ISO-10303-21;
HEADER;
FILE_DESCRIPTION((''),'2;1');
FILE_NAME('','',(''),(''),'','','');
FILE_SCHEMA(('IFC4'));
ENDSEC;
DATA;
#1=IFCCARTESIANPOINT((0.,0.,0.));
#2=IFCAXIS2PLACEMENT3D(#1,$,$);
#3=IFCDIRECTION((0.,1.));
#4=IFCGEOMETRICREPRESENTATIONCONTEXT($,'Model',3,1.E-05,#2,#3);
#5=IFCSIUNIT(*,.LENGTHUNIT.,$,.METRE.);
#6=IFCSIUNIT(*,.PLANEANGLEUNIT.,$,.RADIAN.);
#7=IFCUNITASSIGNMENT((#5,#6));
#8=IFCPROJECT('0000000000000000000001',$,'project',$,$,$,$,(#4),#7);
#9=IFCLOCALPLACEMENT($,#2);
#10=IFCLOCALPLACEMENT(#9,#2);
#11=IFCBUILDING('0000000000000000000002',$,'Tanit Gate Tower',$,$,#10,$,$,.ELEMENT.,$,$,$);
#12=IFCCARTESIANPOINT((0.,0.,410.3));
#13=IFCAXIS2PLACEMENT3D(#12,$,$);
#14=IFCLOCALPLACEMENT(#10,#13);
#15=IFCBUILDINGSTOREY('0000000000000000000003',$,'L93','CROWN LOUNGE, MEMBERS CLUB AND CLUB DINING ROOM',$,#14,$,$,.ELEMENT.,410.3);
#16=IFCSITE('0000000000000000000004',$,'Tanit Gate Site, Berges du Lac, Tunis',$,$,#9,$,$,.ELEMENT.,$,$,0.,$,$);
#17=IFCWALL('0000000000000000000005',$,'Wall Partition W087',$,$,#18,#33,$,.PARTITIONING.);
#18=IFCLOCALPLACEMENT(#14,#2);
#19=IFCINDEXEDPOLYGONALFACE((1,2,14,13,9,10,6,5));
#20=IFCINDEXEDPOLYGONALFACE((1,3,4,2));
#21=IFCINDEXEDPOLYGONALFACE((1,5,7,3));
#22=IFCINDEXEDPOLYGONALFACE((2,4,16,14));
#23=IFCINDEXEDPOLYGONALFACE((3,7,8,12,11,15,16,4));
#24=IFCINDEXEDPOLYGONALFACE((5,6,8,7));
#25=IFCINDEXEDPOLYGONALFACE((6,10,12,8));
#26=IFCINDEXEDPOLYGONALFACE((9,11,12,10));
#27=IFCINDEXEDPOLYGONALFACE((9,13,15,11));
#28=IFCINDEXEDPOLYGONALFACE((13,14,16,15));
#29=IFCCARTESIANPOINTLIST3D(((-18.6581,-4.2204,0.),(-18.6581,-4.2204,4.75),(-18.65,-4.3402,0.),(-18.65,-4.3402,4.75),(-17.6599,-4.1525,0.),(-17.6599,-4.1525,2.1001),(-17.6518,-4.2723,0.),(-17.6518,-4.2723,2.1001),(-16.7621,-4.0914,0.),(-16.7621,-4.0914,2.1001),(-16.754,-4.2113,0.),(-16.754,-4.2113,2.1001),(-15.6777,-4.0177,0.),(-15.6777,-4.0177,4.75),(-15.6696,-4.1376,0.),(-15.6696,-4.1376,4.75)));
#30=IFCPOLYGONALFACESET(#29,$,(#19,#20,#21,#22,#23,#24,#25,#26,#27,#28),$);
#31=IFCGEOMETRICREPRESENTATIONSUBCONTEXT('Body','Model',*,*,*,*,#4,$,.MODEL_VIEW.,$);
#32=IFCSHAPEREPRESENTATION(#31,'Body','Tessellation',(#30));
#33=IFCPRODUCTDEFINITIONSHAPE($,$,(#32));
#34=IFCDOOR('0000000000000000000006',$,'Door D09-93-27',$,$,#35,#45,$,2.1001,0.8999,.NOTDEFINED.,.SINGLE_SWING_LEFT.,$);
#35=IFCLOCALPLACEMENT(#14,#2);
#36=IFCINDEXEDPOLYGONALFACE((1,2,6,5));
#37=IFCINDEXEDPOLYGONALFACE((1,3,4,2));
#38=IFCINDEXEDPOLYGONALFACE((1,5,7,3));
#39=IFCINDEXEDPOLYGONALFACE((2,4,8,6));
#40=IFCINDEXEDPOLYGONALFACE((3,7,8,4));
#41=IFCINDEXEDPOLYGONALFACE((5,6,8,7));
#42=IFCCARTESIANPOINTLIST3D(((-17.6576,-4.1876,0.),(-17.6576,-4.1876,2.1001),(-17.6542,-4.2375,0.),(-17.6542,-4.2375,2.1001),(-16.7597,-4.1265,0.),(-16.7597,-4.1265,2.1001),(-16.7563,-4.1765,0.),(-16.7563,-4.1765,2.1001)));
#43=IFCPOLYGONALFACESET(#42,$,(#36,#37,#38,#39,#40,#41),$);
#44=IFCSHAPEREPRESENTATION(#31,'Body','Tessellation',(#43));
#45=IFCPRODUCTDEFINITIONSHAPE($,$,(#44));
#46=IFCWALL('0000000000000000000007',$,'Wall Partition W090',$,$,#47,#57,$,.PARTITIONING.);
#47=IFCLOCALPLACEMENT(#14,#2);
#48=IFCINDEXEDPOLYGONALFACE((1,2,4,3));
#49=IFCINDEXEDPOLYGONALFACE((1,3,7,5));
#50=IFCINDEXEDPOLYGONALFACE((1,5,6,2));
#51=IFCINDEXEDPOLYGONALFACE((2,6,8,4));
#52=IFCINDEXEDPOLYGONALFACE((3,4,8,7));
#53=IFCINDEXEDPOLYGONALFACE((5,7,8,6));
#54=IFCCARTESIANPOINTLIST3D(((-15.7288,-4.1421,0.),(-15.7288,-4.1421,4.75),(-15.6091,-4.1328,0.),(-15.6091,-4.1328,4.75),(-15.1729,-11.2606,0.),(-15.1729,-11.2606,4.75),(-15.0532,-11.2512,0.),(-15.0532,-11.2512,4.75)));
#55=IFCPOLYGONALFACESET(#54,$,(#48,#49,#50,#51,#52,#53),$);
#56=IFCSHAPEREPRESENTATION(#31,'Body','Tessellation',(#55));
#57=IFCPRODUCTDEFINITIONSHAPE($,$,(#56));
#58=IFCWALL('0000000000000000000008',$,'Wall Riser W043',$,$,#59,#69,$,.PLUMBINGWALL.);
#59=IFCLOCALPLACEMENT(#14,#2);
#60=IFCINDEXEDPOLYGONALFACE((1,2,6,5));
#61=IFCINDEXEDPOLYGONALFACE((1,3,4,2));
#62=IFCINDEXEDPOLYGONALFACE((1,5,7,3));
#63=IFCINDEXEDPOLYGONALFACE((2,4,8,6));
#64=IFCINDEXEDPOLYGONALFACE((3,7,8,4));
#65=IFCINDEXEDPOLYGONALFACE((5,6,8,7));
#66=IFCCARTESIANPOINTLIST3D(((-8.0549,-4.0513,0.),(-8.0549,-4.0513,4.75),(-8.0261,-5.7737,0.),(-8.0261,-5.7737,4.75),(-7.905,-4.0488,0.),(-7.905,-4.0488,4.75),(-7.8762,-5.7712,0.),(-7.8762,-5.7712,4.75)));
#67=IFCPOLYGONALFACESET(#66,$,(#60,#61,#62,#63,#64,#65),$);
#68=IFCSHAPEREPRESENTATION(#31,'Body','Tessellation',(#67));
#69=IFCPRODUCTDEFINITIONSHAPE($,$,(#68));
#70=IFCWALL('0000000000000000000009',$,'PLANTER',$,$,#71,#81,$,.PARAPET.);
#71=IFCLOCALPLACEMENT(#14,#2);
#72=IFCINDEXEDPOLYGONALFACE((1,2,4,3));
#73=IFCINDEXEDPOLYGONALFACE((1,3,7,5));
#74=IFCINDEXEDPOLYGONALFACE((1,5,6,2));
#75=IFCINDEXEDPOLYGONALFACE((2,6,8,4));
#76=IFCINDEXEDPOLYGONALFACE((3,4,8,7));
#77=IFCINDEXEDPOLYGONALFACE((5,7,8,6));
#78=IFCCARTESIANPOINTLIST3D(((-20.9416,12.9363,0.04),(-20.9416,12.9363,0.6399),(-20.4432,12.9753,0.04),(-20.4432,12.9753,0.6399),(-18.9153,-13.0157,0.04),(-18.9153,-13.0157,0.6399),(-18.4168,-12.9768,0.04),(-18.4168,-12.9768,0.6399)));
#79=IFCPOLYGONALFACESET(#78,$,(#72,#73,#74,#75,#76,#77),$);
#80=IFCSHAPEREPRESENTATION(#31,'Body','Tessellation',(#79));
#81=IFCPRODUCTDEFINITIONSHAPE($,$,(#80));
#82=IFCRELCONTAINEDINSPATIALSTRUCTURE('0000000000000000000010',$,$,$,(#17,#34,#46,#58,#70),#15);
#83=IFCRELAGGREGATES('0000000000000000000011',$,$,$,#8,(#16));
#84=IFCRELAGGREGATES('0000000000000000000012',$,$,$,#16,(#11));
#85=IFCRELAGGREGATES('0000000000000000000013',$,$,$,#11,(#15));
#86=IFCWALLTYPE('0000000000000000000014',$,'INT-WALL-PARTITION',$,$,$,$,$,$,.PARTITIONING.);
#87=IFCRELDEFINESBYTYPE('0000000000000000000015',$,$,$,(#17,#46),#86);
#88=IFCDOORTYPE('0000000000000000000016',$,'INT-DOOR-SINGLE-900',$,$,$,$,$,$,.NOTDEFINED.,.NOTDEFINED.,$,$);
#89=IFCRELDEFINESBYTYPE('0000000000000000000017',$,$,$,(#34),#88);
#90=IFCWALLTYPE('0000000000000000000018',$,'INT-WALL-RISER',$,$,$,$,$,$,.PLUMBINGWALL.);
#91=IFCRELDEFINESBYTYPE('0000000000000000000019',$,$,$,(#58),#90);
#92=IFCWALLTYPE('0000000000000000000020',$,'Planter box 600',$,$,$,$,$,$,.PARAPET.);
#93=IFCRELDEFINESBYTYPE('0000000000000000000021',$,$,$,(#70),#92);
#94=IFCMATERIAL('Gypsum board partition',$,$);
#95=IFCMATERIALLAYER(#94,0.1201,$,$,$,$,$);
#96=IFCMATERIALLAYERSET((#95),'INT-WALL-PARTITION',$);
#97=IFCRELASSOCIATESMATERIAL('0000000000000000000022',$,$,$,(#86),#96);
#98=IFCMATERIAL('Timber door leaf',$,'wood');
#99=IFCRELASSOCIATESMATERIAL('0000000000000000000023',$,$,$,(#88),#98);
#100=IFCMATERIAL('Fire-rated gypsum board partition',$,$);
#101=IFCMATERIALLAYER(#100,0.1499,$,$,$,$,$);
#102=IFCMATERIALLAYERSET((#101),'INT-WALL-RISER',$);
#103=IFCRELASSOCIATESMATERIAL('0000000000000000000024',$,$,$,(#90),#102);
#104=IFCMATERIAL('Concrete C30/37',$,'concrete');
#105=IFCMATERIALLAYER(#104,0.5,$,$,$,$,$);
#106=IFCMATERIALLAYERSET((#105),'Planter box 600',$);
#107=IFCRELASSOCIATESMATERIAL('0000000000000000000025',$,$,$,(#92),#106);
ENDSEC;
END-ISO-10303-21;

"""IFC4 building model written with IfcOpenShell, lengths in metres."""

from ifc_helpers import new_model, si_unit, direction, frame, frame_2d, origin, place, context, subcontext, project, spatial, rectangle, extrude, material, layer, layer_set, type_object, element, fill, save


model = new_model("IFC4")

# Units and contexts
model_context = context("Model", 3, precision=1e-05, world=origin(), true_north=direction((0.0, 1.0)))
body_context = subcontext(model_context, "Body", "Model", "MODEL_VIEW")
ifc_project = project(units=[si_unit("LENGTHUNIT", "METRE"), si_unit("PLANEANGLEUNIT", "RADIAN")], contexts=[model_context])

# Site, building, storey
site_placement = place(None, origin())
site = spatial("IfcSite", under=ifc_project, at=site_placement, Name="Tanit Gate Site, Berges du Lac, Tunis", CompositionType="ELEMENT", RefElevation=0.0)
building_placement = place(site_placement, origin())
building = spatial("IfcBuilding", under=site, at=building_placement, Name="Tanit Gate Tower", CompositionType="ELEMENT")
storey_placement = place(building_placement, frame((0.0, 0.0, 410.3)))
storey = spatial("IfcBuildingStorey", under=building, at=storey_placement, Name="L93", Description="CROWN LOUNGE, MEMBERS CLUB AND CLUB DINING ROOM", CompositionType="ELEMENT", Elevation=410.3)

# Wall, opening, door
ifc_material_1 = material(Name="Gypsum board partition")
ifc_layer_1 = layer(ifc_material_1, 0.1201)
ifc_layer_set_1 = layer_set([ifc_layer_1], Name="INT-WALL-PARTITION")
wall_type_1 = type_object("IfcWallType", Name="INT-WALL-PARTITION", PredefinedType="PARTITIONING", material=ifc_layer_set_1)
ifc_material_2 = material(Name="Timber door leaf", Category="wood")
door_type_1 = type_object("IfcDoorType", Name="INT-DOOR-SINGLE-900", OperationType="NOTDEFINED", PredefinedType="NOTDEFINED", material=ifc_material_2)
wall_1_placement = place(storey_placement, frame((-18.6541, -4.2803, 0.0), z_axis=(0.0, 0.0, 1.0), x_axis=(0.997697, 0.067832, 0.0)))
wall_1 = element("IfcWall", 1, at=wall_1_placement, inside=storey, type_object=wall_type_1, Name="Wall Partition W087", PredefinedType="PARTITIONING", context=body_context, shape_type="SweptSolid", body=[
    extrude(rectangle(XDim=2.9873, YDim=0.1201, at=frame_2d((1.4937, 0.0))), origin(), (0.0, 0.0, 1.0), 4.75),
])
opening_1_placement = place(wall_1_placement, frame((1.0005, 0.0, 0.0)))
opening_1 = element("IfcOpeningElement", 2, at=opening_1_placement, cuts=wall_1, PredefinedType="OPENING", context=body_context, shape_type="SweptSolid", body=[
    extrude(rectangle(XDim=0.8999, YDim=2.1001, at=frame_2d((0.45, 1.05))), frame((0.0, 0.0701, 0.0), z_axis=(0.0, -1.0, 0.0), x_axis=(1.0, 0.0, 0.0)), (0.0, 0.0, 1.0), 0.1401),
])
door_1_placement = place(opening_1_placement, origin())
door_1 = element("IfcDoor", 3, at=door_1_placement, inside=storey, type_object=door_type_1, Name="Door D09-93-27", OperationType="SINGLE_SWING_LEFT", OverallHeight=2.1001, OverallWidth=0.8999, PredefinedType="NOTDEFINED", context=body_context, shape_type="SweptSolid", body=[
    extrude(rectangle(XDim=0.8999, YDim=2.1001, at=frame_2d((0.45, 1.05))), frame((0.0, 0.0249, 0.0), z_axis=(0.0, -1.0, 0.0), x_axis=(1.0, 0.0, 0.0)), (0.0, 0.0, 1.0), 0.05),
])
fill(opening_1, door_1)

# Walls
wall_2_placement = place(storey_placement, frame((-15.6689, -4.1375, 0.0), z_axis=(0.0, 0.0, 1.0), x_axis=(0.077857, -0.996965, 0.0)))
element("IfcWall", 4, at=wall_2_placement, inside=storey, type_object=wall_type_1, Name="Wall Partition W090", PredefinedType="PARTITIONING", context=body_context, shape_type="SweptSolid", body=[
    extrude(rectangle(XDim=7.1401, YDim=0.1201, at=frame_2d((3.5701, 0.0))), origin(), (0.0, 0.0, 1.0), 4.75),
])
ifc_material_3 = material(Name="Fire-rated gypsum board partition")
ifc_layer_2 = layer(ifc_material_3, 0.1499)
ifc_layer_set_2 = layer_set([ifc_layer_2], Name="INT-WALL-RISER")
wall_type_2 = type_object("IfcWallType", Name="INT-WALL-RISER", PredefinedType="PLUMBINGWALL", material=ifc_layer_set_2)
wall_3_placement = place(storey_placement, frame((-7.98, -4.05, 0.0), z_axis=(0.0, 0.0, 1.0), x_axis=(0.016723, -0.99986, 0.0)))
element("IfcWall", 5, at=wall_3_placement, inside=storey, type_object=wall_type_2, Name="Wall Riser W043", PredefinedType="PLUMBINGWALL", context=body_context, shape_type="SweptSolid", body=[
    extrude(rectangle(XDim=1.7227, YDim=0.1499, at=frame_2d((0.8613, 0.0))), origin(), (0.0, 0.0, 1.0), 4.75),
])
ifc_material_4 = material(Name="Concrete C30/37", Category="concrete")
ifc_layer_3 = layer(ifc_material_4, 0.5)
ifc_layer_set_3 = layer_set([ifc_layer_3], Name="Planter box 600")
wall_type_3 = type_object("IfcWallType", Name="Planter box 600", PredefinedType="PARAPET", material=ifc_layer_set_3)
wall_4_placement = place(storey_placement, frame((-18.666, -12.9963, 0.04), z_axis=(0.0, 0.0, 1.0), x_axis=(-0.077845, 0.996965, 0.0)))
element("IfcWall", 6, at=wall_4_placement, inside=storey, type_object=wall_type_3, Name="PLANTER", PredefinedType="PARAPET", context=body_context, shape_type="SweptSolid", body=[
    extrude(rectangle(XDim=26.031, YDim=0.5, at=frame_2d((13.0156, 0.0))), origin(), (0.0, 0.0, 1.0), 0.5999),
])

save(model, "model.ifc")
